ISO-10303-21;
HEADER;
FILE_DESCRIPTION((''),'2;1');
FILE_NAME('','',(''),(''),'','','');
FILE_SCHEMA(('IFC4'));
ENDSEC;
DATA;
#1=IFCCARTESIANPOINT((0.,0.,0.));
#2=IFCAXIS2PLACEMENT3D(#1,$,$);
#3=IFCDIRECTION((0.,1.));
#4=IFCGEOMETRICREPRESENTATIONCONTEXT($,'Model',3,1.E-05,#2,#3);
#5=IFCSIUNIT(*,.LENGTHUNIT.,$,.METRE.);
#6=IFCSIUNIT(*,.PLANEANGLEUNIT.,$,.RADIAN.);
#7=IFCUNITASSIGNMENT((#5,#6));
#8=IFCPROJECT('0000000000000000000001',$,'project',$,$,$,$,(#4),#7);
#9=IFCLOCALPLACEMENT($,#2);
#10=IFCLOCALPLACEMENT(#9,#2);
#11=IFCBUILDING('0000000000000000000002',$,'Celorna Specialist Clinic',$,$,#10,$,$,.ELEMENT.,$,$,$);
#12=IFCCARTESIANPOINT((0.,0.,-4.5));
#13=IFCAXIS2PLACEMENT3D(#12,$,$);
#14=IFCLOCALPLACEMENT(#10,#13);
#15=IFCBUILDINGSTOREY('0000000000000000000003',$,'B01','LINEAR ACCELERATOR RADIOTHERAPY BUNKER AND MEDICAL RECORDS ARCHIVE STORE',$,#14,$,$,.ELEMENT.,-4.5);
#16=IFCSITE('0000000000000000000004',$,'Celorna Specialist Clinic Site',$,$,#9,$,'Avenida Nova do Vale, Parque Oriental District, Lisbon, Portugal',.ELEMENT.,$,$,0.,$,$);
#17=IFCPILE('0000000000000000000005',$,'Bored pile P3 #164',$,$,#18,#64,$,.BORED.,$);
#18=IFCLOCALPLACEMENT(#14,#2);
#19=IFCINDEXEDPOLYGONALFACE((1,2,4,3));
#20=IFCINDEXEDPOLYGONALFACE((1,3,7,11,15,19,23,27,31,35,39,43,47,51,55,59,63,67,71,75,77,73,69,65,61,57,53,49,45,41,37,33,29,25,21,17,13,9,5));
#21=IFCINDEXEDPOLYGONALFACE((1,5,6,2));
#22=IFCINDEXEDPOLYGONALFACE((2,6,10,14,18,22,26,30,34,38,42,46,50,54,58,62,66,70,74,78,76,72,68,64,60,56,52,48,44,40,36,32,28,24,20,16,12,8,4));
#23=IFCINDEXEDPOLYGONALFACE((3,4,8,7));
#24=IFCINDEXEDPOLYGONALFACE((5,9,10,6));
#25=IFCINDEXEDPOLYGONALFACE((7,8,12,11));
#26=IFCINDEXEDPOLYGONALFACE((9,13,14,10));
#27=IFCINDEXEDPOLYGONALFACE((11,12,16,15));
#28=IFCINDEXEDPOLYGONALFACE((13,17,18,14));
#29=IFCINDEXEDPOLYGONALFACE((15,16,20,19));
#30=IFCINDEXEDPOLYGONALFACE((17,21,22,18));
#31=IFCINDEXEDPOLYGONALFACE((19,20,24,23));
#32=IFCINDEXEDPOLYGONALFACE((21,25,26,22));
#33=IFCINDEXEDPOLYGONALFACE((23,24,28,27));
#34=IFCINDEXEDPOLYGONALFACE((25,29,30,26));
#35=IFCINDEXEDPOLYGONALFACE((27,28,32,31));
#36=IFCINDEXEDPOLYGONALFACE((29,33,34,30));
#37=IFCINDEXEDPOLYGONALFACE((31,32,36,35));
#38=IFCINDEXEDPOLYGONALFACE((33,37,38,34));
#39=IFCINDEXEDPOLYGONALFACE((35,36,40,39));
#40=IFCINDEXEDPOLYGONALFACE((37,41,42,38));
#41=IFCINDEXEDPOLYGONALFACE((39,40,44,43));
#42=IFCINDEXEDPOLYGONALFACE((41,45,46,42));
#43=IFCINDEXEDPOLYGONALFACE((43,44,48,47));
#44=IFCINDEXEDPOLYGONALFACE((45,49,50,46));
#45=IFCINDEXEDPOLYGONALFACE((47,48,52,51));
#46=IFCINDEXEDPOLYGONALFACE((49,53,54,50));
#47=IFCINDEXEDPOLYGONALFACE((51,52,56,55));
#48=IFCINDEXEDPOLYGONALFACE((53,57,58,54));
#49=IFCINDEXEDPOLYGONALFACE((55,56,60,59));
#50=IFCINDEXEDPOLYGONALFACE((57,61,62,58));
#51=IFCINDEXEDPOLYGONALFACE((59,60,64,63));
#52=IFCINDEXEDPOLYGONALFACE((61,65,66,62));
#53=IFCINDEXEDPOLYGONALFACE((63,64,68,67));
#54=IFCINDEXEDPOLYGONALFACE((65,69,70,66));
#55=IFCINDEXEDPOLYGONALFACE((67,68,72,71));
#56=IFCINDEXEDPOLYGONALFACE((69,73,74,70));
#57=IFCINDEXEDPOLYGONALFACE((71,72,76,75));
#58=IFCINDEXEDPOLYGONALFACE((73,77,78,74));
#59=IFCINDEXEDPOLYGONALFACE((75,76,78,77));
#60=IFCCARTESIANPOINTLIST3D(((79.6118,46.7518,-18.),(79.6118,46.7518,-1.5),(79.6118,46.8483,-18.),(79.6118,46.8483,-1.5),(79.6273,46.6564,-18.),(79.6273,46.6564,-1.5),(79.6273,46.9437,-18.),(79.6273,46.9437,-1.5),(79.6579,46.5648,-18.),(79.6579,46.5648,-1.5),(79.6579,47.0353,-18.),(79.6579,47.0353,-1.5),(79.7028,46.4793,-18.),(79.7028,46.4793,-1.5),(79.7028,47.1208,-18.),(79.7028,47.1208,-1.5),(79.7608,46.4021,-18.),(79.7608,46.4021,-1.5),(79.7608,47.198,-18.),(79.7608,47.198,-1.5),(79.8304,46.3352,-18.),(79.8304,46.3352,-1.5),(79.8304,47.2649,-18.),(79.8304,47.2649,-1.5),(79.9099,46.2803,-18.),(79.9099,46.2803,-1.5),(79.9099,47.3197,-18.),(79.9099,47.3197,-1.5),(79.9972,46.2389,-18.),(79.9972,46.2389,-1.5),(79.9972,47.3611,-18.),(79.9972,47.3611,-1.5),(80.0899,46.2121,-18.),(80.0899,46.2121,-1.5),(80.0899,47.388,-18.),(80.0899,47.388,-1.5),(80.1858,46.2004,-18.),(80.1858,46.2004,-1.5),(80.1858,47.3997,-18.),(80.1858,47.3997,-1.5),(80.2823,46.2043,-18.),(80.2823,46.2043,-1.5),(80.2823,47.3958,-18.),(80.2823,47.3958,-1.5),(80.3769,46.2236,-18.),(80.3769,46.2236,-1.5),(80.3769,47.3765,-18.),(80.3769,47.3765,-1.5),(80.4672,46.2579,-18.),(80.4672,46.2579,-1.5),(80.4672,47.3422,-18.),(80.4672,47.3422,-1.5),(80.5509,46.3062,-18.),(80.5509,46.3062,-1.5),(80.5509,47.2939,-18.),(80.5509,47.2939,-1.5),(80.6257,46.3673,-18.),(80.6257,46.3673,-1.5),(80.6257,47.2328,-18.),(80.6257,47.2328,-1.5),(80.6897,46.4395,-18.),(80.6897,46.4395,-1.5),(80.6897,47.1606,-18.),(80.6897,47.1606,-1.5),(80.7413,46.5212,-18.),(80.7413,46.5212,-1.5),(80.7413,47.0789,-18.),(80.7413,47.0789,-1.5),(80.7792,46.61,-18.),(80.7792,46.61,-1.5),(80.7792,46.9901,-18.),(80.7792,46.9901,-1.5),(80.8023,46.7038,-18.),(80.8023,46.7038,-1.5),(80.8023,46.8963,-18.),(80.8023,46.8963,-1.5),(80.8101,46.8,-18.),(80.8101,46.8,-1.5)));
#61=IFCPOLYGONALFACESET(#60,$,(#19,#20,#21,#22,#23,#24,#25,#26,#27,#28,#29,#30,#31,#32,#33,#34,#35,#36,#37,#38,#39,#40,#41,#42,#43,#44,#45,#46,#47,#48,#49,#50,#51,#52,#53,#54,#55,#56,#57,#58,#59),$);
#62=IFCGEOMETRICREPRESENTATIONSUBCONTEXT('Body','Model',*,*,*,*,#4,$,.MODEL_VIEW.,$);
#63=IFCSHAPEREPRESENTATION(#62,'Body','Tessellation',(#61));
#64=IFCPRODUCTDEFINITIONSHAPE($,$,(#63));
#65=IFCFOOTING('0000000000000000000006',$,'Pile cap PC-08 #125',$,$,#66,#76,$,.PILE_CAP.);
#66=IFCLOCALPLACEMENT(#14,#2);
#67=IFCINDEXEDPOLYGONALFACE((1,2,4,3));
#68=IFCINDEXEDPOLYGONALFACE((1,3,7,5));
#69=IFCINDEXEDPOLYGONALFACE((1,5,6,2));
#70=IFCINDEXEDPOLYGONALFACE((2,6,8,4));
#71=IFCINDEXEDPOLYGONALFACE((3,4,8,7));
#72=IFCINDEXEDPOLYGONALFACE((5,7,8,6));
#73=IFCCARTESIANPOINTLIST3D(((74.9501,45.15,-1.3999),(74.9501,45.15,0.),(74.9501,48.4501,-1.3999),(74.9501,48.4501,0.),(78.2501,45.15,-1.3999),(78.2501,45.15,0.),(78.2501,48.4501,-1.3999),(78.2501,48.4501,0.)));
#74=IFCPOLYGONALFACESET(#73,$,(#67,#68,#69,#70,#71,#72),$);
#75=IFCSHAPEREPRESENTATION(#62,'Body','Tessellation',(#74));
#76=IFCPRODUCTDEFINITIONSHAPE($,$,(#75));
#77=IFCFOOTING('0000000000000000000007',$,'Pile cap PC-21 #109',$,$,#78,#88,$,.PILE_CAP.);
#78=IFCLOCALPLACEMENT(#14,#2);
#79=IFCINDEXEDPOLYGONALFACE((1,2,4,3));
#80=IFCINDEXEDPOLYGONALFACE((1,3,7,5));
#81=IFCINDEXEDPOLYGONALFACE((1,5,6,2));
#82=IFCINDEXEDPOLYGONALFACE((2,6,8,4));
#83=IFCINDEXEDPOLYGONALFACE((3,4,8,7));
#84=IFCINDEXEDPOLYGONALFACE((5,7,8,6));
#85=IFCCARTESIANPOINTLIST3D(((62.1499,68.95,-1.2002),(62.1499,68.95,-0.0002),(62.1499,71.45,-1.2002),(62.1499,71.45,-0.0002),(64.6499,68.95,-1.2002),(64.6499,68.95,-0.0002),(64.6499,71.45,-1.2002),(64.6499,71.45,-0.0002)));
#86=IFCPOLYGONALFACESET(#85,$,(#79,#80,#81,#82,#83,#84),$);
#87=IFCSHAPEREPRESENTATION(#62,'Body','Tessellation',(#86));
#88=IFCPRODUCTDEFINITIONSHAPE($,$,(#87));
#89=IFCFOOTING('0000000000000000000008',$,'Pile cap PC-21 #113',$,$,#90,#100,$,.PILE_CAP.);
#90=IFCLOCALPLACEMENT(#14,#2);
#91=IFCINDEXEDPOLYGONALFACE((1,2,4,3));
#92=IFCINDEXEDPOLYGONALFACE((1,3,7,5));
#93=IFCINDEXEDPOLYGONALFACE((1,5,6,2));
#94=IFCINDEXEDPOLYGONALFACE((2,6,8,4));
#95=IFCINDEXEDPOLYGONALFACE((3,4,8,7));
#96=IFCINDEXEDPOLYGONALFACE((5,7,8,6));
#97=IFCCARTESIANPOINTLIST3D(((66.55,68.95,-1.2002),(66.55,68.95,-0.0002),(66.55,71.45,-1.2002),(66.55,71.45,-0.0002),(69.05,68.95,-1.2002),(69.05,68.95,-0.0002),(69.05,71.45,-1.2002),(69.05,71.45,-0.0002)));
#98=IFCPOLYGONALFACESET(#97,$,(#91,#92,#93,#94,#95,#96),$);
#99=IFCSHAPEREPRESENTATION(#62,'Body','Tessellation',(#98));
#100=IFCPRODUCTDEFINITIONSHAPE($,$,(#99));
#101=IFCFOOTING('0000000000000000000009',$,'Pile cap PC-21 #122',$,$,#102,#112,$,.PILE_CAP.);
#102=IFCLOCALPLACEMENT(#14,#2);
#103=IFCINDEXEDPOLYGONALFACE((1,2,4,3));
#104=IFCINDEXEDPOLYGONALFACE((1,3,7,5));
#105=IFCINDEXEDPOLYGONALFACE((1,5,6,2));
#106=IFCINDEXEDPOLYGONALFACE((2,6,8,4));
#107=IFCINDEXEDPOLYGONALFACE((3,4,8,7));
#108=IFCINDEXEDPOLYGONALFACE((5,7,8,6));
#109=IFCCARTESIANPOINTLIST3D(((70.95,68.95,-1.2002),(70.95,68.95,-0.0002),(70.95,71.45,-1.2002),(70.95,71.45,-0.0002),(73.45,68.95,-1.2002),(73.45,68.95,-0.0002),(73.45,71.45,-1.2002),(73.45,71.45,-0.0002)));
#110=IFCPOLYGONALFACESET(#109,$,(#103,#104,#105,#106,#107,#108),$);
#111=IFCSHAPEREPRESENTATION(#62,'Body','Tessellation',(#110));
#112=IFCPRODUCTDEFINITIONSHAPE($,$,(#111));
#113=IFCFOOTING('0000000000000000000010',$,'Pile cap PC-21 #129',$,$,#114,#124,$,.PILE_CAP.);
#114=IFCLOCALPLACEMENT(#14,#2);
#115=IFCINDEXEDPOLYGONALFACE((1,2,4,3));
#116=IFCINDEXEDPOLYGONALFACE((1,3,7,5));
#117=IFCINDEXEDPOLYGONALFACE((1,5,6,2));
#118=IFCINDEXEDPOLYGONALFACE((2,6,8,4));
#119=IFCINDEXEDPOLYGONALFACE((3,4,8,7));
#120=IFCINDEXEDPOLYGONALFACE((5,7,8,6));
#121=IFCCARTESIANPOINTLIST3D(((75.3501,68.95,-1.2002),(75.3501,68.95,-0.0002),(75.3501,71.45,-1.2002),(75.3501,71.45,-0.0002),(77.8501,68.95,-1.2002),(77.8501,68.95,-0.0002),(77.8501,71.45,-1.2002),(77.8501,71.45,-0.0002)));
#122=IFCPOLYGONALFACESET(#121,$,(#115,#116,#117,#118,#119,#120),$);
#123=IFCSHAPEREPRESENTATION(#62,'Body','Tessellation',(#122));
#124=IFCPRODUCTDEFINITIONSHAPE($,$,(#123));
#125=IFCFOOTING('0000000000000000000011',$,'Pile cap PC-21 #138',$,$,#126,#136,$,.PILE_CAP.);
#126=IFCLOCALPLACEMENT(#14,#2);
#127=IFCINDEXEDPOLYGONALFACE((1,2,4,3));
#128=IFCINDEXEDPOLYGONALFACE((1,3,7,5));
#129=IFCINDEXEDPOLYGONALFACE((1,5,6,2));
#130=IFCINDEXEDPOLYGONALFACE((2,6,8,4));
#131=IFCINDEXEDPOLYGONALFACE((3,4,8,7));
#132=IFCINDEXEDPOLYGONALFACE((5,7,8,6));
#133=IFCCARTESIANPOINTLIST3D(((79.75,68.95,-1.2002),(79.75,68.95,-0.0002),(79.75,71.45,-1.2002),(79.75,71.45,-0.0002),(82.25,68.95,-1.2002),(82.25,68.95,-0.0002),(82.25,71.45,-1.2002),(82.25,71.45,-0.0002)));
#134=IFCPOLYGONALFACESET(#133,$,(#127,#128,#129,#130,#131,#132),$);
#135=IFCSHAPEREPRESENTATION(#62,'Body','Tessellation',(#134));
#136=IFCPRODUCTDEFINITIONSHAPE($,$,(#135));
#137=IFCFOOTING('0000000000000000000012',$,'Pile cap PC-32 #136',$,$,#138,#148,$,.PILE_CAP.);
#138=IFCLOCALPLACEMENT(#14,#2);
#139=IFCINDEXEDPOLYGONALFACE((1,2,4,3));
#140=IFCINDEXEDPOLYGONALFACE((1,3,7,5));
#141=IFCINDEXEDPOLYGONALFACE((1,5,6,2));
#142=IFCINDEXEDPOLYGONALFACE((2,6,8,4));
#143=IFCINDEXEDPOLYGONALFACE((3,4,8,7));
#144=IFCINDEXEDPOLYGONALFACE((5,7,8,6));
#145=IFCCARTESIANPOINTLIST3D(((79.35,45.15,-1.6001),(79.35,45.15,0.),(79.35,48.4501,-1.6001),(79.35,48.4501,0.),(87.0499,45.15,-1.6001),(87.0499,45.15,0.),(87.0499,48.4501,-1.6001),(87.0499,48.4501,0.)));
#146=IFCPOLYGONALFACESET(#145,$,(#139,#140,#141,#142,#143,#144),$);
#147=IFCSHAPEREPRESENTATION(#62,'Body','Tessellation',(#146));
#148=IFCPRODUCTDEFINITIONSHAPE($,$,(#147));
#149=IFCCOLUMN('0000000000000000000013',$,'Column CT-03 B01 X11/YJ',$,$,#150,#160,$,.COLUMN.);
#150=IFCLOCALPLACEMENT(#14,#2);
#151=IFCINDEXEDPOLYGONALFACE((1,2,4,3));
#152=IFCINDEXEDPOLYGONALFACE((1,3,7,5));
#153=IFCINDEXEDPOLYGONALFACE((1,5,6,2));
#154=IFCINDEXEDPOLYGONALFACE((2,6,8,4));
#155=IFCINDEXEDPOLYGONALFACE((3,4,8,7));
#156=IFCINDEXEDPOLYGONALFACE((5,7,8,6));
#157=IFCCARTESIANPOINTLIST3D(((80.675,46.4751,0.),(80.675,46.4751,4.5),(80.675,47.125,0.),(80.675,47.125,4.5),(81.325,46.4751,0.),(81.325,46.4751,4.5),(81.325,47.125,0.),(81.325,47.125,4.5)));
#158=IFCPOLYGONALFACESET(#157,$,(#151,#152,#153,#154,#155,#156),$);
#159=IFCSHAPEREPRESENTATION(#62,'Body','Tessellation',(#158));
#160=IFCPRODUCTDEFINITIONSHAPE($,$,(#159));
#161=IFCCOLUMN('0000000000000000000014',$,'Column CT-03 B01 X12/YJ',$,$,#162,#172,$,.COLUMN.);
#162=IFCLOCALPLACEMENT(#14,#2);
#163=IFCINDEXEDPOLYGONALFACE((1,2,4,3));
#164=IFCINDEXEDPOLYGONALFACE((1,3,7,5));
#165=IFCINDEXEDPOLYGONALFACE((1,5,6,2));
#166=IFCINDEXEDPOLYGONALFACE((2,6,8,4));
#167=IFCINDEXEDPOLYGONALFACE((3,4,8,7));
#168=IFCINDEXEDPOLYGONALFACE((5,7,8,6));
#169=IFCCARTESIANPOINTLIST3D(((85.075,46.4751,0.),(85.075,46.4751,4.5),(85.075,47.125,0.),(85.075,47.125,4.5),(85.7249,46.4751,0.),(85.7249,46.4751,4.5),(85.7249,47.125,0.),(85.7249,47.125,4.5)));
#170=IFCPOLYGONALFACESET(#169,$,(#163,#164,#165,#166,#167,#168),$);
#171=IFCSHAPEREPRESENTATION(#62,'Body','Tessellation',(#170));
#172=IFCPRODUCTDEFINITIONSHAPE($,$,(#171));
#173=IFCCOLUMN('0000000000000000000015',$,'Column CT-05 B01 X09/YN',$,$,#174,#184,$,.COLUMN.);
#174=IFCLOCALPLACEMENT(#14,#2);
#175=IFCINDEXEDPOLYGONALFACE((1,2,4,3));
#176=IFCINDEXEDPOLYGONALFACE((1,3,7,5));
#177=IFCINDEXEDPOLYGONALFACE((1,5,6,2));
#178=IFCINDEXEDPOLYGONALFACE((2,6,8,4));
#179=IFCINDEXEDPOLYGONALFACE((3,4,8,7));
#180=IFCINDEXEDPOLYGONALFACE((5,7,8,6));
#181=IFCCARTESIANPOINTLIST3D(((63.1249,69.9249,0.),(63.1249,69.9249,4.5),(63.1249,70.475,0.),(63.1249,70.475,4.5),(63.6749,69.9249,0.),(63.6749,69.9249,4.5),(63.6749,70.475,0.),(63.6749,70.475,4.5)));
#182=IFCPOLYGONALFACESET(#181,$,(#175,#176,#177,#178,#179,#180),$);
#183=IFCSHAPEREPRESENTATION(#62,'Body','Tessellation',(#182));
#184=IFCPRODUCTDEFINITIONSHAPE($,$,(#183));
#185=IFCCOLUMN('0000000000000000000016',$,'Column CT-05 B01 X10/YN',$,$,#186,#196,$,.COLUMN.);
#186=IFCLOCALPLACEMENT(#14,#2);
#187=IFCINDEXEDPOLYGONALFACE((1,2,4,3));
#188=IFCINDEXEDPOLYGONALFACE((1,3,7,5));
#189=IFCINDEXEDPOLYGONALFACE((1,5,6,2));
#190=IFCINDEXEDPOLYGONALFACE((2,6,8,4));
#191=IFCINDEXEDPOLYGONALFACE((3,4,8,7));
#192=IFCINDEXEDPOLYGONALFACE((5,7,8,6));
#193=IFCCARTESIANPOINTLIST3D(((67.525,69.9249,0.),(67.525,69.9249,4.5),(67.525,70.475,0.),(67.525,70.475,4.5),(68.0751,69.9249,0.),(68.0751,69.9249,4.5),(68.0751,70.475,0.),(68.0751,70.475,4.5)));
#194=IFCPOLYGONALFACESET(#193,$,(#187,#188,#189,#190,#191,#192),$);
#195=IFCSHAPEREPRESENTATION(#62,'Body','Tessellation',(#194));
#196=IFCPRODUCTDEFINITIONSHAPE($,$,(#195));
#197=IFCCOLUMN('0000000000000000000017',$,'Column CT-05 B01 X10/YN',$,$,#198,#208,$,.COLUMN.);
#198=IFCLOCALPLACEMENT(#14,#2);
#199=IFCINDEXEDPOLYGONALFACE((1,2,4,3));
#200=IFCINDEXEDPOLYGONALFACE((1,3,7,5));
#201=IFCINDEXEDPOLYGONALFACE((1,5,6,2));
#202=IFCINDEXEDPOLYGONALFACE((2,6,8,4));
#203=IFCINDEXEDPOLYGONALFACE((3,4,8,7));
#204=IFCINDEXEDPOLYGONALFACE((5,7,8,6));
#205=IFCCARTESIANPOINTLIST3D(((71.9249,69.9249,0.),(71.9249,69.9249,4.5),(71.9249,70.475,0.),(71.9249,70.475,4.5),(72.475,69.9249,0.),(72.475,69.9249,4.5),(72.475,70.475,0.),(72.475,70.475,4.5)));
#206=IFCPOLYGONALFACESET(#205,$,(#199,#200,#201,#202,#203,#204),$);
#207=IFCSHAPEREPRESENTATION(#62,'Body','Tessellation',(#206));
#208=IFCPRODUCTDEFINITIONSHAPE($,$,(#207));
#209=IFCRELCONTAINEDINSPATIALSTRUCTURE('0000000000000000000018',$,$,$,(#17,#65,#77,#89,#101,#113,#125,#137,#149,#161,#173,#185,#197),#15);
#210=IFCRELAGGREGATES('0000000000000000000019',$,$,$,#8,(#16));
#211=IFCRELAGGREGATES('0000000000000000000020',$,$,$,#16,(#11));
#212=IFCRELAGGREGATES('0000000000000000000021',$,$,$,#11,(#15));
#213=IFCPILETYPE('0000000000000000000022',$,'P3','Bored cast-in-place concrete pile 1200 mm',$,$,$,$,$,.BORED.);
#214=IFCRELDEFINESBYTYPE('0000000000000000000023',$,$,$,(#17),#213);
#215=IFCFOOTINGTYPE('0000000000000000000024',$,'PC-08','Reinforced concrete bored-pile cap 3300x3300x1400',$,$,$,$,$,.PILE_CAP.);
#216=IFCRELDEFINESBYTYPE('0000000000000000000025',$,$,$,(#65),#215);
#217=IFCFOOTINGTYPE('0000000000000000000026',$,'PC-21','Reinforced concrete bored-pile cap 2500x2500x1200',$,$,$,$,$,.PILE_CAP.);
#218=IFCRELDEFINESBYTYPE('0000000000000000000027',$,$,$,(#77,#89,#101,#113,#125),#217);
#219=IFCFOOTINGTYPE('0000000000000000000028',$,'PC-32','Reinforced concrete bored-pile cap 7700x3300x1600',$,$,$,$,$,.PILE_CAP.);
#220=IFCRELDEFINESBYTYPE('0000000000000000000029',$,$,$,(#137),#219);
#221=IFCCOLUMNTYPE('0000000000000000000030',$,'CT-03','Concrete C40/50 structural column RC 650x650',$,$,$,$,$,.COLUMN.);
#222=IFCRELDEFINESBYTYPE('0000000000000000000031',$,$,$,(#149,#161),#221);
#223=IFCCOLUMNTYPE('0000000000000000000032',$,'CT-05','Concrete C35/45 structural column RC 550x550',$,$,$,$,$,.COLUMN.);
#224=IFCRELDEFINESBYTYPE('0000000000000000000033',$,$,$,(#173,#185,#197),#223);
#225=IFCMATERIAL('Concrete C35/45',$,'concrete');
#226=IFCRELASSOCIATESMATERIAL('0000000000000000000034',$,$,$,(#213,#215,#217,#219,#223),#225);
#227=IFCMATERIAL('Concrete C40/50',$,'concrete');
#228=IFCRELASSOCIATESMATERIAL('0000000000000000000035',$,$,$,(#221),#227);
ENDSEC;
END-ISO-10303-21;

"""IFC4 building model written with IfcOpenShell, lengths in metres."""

from ifc_helpers import new_model, si_unit, direction, frame, origin, origin_2d, place, context, subcontext, project, spatial, rectangle, circle, extrude, material, material_profile, profile_set, type_object, element, save


model = new_model("IFC4")

# Units and contexts
model_context = context("Model", 3, precision=1e-05, world=origin(), true_north=direction((0.0, 1.0)))
body_context = subcontext(model_context, "Body", "Model", "MODEL_VIEW")
ifc_project = project(units=[si_unit("LENGTHUNIT", "METRE"), si_unit("PLANEANGLEUNIT", "RADIAN")], contexts=[model_context])

# Site, building, storey
site_placement = place(None, origin())
site = spatial("IfcSite", under=ifc_project, at=site_placement, Name="Celorna Specialist Clinic Site", LongName="Avenida Nova do Vale, Parque Oriental District, Lisbon, Portugal", CompositionType="ELEMENT", RefElevation=0.0)
building_placement = place(site_placement, origin())
building = spatial("IfcBuilding", under=site, at=building_placement, Name="Celorna Specialist Clinic", CompositionType="ELEMENT")
storey_placement = place(building_placement, frame((0.0, 0.0, -4.5)))
storey = spatial("IfcBuildingStorey", under=building, at=storey_placement, Name="B01", Description="LINEAR ACCELERATOR RADIOTHERAPY BUNKER AND MEDICAL RECORDS ARCHIVE STORE", CompositionType="ELEMENT", Elevation=-4.5)

# Shared definitions
ifc_material_1 = material(Name="Concrete C35/45", Category="concrete")

# Pile
ifc_material_profile_1 = material_profile(ifc_material_1, circle(Radius=0.6001, at=origin_2d()), Name="BORED PILE 1200")
ifc_profile_set_1 = profile_set([ifc_material_profile_1], Name="Concrete C35/45")
pile_type_1 = type_object("IfcPileType", Name="P3", Description="Bored cast-in-place concrete pile 1200 mm", PredefinedType="BORED", material=ifc_profile_set_1)
pile_placement = place(storey_placement, frame((80.21, 46.8, -1.5), z_axis=(0.0, 0.0, -1.0), x_axis=(1.0, 0.0, 0.0)))
element("IfcPile", 1, at=pile_placement, inside=storey, type_object=pile_type_1, Name="Bored pile P3 #164", PredefinedType="BORED", context=body_context, shape_type="SweptSolid", body=[
    extrude(circle(Radius=0.6001, at=origin_2d()), origin(), (0.0, 0.0, 1.0), 16.5),
])

# Footings
footing_type_1 = type_object("IfcFootingType", Name="PC-08", Description="Reinforced concrete bored-pile cap 3300x3300x1400", PredefinedType="PILE_CAP", material=ifc_material_1)
footing_1_placement = place(storey_placement, frame((76.6001, 46.8, -1.3999), z_axis=(0.0, 0.0, 1.0), x_axis=(1.0, 0.0, 0.0)))
element("IfcFooting", 2, at=footing_1_placement, inside=storey, type_object=footing_type_1, Name="Pile cap PC-08 #125", PredefinedType="PILE_CAP", context=body_context, shape_type="SweptSolid", body=[
    extrude(rectangle(XDim=3.3, YDim=3.3, at=origin_2d()), origin(), (0.0, 0.0, 1.0), 1.3999),
])
footing_type_2 = type_object("IfcFootingType", Name="PC-21", Description="Reinforced concrete bored-pile cap 2500x2500x1200", PredefinedType="PILE_CAP", material=ifc_material_1)
for number, where, z_axis, x_axis, name in (
    (3, (63.3999, 70.2, -1.2002), (0.0, 0.0, 1.0), (1.0, 0.0, 0.0), "Pile cap PC-21 #109"),
    (4, (67.8, 70.2, -1.2002), (0.0, 0.0, 1.0), (1.0, 0.0, 0.0), "Pile cap PC-21 #113"),
    (5, (72.2, 70.2, -1.2002), (0.0, 0.0, 1.0), (1.0, 0.0, 0.0), "Pile cap PC-21 #122"),
    (6, (76.6001, 70.2, -1.2002), (0.0, 0.0, 1.0), (1.0, 0.0, 0.0), "Pile cap PC-21 #129"),
    (7, (81.0, 70.2, -1.2002), (0.0, 0.0, 1.0), (1.0, 0.0, 0.0), "Pile cap PC-21 #138"),
):
    element("IfcFooting", number, at=place(storey_placement, frame(where, z_axis=z_axis, x_axis=x_axis)), inside=storey, type_object=footing_type_2, Name=name, PredefinedType="PILE_CAP", context=body_context, shape_type="SweptSolid", body=[
        extrude(rectangle(XDim=2.5, YDim=2.5, at=origin_2d()), origin(), (0.0, 0.0, 1.0), 1.2),
    ])
footing_type_3 = type_object("IfcFootingType", Name="PC-32", Description="Reinforced concrete bored-pile cap 7700x3300x1600", PredefinedType="PILE_CAP", material=ifc_material_1)
footing_2_placement = place(storey_placement, frame((83.2, 46.8, -1.6001), z_axis=(0.0, 0.0, 1.0), x_axis=(1.0, 0.0, 0.0)))
element("IfcFooting", 8, at=footing_2_placement, inside=storey, type_object=footing_type_3, Name="Pile cap PC-32 #136", PredefinedType="PILE_CAP", context=body_context, shape_type="SweptSolid", body=[
    extrude(rectangle(XDim=7.7, YDim=3.3, at=origin_2d()), origin(), (0.0, 0.0, 1.0), 1.6001),
])

# Columns
ifc_material_2 = material(Name="Concrete C40/50", Category="concrete")
ifc_material_profile_2 = material_profile(ifc_material_2, rectangle(XDim=0.6499, YDim=0.6499, at=origin_2d()), Name="RC 650x650")
ifc_profile_set_2 = profile_set([ifc_material_profile_2], Name="Concrete C40/50")
column_type_1 = type_object("IfcColumnType", Name="CT-03", Description="Concrete C40/50 structural column RC 650x650", PredefinedType="COLUMN", material=ifc_profile_set_2)
for number, where, z_axis, x_axis, name in (
    (9, (81.0, 46.8, 0.0), (0.0, 0.0, 1.0), (1.0, 0.0, 0.0), "Column CT-03 B01 X11/YJ"),
    (10, (85.3999, 46.8, 0.0), (0.0, 0.0, 1.0), (1.0, 0.0, 0.0), "Column CT-03 B01 X12/YJ"),
):
    element("IfcColumn", number, at=place(storey_placement, frame(where, z_axis=z_axis, x_axis=x_axis)), inside=storey, type_object=column_type_1, Name=name, PredefinedType="COLUMN", context=body_context, shape_type="SweptSolid", body=[
        extrude(rectangle(XDim=0.6499, YDim=0.6499, at=origin_2d()), origin(), (0.0, 0.0, 1.0), 4.5),
    ])
ifc_material_profile_3 = material_profile(ifc_material_1, rectangle(XDim=0.55, YDim=0.55, at=origin_2d()), Name="RC 550x550")
ifc_profile_set_3 = profile_set([ifc_material_profile_3], Name="Concrete C35/45")
column_type_2 = type_object("IfcColumnType", Name="CT-05", Description="Concrete C35/45 structural column RC 550x550", PredefinedType="COLUMN", material=ifc_profile_set_3)
for number, where, z_axis, x_axis, name in (
    (11, (63.3999, 70.2, 0.0), (0.0, 0.0, 1.0), (1.0, 0.0, 0.0), "Column CT-05 B01 X09/YN"),
    (12, (67.8, 70.2, 0.0), (0.0, 0.0, 1.0), (1.0, 0.0, 0.0), "Column CT-05 B01 X10/YN"),
    (13, (72.2, 70.2, 0.0), (0.0, 0.0, 1.0), (1.0, 0.0, 0.0), "Column CT-05 B01 X10/YN"),
):
    element("IfcColumn", number, at=place(storey_placement, frame(where, z_axis=z_axis, x_axis=x_axis)), inside=storey, type_object=column_type_2, Name=name, PredefinedType="COLUMN", context=body_context, shape_type="SweptSolid", body=[
        extrude(rectangle(XDim=0.55, YDim=0.55, at=origin_2d()), origin(), (0.0, 0.0, 1.0), 4.5),
    ])

save(model, "model.ifc")
